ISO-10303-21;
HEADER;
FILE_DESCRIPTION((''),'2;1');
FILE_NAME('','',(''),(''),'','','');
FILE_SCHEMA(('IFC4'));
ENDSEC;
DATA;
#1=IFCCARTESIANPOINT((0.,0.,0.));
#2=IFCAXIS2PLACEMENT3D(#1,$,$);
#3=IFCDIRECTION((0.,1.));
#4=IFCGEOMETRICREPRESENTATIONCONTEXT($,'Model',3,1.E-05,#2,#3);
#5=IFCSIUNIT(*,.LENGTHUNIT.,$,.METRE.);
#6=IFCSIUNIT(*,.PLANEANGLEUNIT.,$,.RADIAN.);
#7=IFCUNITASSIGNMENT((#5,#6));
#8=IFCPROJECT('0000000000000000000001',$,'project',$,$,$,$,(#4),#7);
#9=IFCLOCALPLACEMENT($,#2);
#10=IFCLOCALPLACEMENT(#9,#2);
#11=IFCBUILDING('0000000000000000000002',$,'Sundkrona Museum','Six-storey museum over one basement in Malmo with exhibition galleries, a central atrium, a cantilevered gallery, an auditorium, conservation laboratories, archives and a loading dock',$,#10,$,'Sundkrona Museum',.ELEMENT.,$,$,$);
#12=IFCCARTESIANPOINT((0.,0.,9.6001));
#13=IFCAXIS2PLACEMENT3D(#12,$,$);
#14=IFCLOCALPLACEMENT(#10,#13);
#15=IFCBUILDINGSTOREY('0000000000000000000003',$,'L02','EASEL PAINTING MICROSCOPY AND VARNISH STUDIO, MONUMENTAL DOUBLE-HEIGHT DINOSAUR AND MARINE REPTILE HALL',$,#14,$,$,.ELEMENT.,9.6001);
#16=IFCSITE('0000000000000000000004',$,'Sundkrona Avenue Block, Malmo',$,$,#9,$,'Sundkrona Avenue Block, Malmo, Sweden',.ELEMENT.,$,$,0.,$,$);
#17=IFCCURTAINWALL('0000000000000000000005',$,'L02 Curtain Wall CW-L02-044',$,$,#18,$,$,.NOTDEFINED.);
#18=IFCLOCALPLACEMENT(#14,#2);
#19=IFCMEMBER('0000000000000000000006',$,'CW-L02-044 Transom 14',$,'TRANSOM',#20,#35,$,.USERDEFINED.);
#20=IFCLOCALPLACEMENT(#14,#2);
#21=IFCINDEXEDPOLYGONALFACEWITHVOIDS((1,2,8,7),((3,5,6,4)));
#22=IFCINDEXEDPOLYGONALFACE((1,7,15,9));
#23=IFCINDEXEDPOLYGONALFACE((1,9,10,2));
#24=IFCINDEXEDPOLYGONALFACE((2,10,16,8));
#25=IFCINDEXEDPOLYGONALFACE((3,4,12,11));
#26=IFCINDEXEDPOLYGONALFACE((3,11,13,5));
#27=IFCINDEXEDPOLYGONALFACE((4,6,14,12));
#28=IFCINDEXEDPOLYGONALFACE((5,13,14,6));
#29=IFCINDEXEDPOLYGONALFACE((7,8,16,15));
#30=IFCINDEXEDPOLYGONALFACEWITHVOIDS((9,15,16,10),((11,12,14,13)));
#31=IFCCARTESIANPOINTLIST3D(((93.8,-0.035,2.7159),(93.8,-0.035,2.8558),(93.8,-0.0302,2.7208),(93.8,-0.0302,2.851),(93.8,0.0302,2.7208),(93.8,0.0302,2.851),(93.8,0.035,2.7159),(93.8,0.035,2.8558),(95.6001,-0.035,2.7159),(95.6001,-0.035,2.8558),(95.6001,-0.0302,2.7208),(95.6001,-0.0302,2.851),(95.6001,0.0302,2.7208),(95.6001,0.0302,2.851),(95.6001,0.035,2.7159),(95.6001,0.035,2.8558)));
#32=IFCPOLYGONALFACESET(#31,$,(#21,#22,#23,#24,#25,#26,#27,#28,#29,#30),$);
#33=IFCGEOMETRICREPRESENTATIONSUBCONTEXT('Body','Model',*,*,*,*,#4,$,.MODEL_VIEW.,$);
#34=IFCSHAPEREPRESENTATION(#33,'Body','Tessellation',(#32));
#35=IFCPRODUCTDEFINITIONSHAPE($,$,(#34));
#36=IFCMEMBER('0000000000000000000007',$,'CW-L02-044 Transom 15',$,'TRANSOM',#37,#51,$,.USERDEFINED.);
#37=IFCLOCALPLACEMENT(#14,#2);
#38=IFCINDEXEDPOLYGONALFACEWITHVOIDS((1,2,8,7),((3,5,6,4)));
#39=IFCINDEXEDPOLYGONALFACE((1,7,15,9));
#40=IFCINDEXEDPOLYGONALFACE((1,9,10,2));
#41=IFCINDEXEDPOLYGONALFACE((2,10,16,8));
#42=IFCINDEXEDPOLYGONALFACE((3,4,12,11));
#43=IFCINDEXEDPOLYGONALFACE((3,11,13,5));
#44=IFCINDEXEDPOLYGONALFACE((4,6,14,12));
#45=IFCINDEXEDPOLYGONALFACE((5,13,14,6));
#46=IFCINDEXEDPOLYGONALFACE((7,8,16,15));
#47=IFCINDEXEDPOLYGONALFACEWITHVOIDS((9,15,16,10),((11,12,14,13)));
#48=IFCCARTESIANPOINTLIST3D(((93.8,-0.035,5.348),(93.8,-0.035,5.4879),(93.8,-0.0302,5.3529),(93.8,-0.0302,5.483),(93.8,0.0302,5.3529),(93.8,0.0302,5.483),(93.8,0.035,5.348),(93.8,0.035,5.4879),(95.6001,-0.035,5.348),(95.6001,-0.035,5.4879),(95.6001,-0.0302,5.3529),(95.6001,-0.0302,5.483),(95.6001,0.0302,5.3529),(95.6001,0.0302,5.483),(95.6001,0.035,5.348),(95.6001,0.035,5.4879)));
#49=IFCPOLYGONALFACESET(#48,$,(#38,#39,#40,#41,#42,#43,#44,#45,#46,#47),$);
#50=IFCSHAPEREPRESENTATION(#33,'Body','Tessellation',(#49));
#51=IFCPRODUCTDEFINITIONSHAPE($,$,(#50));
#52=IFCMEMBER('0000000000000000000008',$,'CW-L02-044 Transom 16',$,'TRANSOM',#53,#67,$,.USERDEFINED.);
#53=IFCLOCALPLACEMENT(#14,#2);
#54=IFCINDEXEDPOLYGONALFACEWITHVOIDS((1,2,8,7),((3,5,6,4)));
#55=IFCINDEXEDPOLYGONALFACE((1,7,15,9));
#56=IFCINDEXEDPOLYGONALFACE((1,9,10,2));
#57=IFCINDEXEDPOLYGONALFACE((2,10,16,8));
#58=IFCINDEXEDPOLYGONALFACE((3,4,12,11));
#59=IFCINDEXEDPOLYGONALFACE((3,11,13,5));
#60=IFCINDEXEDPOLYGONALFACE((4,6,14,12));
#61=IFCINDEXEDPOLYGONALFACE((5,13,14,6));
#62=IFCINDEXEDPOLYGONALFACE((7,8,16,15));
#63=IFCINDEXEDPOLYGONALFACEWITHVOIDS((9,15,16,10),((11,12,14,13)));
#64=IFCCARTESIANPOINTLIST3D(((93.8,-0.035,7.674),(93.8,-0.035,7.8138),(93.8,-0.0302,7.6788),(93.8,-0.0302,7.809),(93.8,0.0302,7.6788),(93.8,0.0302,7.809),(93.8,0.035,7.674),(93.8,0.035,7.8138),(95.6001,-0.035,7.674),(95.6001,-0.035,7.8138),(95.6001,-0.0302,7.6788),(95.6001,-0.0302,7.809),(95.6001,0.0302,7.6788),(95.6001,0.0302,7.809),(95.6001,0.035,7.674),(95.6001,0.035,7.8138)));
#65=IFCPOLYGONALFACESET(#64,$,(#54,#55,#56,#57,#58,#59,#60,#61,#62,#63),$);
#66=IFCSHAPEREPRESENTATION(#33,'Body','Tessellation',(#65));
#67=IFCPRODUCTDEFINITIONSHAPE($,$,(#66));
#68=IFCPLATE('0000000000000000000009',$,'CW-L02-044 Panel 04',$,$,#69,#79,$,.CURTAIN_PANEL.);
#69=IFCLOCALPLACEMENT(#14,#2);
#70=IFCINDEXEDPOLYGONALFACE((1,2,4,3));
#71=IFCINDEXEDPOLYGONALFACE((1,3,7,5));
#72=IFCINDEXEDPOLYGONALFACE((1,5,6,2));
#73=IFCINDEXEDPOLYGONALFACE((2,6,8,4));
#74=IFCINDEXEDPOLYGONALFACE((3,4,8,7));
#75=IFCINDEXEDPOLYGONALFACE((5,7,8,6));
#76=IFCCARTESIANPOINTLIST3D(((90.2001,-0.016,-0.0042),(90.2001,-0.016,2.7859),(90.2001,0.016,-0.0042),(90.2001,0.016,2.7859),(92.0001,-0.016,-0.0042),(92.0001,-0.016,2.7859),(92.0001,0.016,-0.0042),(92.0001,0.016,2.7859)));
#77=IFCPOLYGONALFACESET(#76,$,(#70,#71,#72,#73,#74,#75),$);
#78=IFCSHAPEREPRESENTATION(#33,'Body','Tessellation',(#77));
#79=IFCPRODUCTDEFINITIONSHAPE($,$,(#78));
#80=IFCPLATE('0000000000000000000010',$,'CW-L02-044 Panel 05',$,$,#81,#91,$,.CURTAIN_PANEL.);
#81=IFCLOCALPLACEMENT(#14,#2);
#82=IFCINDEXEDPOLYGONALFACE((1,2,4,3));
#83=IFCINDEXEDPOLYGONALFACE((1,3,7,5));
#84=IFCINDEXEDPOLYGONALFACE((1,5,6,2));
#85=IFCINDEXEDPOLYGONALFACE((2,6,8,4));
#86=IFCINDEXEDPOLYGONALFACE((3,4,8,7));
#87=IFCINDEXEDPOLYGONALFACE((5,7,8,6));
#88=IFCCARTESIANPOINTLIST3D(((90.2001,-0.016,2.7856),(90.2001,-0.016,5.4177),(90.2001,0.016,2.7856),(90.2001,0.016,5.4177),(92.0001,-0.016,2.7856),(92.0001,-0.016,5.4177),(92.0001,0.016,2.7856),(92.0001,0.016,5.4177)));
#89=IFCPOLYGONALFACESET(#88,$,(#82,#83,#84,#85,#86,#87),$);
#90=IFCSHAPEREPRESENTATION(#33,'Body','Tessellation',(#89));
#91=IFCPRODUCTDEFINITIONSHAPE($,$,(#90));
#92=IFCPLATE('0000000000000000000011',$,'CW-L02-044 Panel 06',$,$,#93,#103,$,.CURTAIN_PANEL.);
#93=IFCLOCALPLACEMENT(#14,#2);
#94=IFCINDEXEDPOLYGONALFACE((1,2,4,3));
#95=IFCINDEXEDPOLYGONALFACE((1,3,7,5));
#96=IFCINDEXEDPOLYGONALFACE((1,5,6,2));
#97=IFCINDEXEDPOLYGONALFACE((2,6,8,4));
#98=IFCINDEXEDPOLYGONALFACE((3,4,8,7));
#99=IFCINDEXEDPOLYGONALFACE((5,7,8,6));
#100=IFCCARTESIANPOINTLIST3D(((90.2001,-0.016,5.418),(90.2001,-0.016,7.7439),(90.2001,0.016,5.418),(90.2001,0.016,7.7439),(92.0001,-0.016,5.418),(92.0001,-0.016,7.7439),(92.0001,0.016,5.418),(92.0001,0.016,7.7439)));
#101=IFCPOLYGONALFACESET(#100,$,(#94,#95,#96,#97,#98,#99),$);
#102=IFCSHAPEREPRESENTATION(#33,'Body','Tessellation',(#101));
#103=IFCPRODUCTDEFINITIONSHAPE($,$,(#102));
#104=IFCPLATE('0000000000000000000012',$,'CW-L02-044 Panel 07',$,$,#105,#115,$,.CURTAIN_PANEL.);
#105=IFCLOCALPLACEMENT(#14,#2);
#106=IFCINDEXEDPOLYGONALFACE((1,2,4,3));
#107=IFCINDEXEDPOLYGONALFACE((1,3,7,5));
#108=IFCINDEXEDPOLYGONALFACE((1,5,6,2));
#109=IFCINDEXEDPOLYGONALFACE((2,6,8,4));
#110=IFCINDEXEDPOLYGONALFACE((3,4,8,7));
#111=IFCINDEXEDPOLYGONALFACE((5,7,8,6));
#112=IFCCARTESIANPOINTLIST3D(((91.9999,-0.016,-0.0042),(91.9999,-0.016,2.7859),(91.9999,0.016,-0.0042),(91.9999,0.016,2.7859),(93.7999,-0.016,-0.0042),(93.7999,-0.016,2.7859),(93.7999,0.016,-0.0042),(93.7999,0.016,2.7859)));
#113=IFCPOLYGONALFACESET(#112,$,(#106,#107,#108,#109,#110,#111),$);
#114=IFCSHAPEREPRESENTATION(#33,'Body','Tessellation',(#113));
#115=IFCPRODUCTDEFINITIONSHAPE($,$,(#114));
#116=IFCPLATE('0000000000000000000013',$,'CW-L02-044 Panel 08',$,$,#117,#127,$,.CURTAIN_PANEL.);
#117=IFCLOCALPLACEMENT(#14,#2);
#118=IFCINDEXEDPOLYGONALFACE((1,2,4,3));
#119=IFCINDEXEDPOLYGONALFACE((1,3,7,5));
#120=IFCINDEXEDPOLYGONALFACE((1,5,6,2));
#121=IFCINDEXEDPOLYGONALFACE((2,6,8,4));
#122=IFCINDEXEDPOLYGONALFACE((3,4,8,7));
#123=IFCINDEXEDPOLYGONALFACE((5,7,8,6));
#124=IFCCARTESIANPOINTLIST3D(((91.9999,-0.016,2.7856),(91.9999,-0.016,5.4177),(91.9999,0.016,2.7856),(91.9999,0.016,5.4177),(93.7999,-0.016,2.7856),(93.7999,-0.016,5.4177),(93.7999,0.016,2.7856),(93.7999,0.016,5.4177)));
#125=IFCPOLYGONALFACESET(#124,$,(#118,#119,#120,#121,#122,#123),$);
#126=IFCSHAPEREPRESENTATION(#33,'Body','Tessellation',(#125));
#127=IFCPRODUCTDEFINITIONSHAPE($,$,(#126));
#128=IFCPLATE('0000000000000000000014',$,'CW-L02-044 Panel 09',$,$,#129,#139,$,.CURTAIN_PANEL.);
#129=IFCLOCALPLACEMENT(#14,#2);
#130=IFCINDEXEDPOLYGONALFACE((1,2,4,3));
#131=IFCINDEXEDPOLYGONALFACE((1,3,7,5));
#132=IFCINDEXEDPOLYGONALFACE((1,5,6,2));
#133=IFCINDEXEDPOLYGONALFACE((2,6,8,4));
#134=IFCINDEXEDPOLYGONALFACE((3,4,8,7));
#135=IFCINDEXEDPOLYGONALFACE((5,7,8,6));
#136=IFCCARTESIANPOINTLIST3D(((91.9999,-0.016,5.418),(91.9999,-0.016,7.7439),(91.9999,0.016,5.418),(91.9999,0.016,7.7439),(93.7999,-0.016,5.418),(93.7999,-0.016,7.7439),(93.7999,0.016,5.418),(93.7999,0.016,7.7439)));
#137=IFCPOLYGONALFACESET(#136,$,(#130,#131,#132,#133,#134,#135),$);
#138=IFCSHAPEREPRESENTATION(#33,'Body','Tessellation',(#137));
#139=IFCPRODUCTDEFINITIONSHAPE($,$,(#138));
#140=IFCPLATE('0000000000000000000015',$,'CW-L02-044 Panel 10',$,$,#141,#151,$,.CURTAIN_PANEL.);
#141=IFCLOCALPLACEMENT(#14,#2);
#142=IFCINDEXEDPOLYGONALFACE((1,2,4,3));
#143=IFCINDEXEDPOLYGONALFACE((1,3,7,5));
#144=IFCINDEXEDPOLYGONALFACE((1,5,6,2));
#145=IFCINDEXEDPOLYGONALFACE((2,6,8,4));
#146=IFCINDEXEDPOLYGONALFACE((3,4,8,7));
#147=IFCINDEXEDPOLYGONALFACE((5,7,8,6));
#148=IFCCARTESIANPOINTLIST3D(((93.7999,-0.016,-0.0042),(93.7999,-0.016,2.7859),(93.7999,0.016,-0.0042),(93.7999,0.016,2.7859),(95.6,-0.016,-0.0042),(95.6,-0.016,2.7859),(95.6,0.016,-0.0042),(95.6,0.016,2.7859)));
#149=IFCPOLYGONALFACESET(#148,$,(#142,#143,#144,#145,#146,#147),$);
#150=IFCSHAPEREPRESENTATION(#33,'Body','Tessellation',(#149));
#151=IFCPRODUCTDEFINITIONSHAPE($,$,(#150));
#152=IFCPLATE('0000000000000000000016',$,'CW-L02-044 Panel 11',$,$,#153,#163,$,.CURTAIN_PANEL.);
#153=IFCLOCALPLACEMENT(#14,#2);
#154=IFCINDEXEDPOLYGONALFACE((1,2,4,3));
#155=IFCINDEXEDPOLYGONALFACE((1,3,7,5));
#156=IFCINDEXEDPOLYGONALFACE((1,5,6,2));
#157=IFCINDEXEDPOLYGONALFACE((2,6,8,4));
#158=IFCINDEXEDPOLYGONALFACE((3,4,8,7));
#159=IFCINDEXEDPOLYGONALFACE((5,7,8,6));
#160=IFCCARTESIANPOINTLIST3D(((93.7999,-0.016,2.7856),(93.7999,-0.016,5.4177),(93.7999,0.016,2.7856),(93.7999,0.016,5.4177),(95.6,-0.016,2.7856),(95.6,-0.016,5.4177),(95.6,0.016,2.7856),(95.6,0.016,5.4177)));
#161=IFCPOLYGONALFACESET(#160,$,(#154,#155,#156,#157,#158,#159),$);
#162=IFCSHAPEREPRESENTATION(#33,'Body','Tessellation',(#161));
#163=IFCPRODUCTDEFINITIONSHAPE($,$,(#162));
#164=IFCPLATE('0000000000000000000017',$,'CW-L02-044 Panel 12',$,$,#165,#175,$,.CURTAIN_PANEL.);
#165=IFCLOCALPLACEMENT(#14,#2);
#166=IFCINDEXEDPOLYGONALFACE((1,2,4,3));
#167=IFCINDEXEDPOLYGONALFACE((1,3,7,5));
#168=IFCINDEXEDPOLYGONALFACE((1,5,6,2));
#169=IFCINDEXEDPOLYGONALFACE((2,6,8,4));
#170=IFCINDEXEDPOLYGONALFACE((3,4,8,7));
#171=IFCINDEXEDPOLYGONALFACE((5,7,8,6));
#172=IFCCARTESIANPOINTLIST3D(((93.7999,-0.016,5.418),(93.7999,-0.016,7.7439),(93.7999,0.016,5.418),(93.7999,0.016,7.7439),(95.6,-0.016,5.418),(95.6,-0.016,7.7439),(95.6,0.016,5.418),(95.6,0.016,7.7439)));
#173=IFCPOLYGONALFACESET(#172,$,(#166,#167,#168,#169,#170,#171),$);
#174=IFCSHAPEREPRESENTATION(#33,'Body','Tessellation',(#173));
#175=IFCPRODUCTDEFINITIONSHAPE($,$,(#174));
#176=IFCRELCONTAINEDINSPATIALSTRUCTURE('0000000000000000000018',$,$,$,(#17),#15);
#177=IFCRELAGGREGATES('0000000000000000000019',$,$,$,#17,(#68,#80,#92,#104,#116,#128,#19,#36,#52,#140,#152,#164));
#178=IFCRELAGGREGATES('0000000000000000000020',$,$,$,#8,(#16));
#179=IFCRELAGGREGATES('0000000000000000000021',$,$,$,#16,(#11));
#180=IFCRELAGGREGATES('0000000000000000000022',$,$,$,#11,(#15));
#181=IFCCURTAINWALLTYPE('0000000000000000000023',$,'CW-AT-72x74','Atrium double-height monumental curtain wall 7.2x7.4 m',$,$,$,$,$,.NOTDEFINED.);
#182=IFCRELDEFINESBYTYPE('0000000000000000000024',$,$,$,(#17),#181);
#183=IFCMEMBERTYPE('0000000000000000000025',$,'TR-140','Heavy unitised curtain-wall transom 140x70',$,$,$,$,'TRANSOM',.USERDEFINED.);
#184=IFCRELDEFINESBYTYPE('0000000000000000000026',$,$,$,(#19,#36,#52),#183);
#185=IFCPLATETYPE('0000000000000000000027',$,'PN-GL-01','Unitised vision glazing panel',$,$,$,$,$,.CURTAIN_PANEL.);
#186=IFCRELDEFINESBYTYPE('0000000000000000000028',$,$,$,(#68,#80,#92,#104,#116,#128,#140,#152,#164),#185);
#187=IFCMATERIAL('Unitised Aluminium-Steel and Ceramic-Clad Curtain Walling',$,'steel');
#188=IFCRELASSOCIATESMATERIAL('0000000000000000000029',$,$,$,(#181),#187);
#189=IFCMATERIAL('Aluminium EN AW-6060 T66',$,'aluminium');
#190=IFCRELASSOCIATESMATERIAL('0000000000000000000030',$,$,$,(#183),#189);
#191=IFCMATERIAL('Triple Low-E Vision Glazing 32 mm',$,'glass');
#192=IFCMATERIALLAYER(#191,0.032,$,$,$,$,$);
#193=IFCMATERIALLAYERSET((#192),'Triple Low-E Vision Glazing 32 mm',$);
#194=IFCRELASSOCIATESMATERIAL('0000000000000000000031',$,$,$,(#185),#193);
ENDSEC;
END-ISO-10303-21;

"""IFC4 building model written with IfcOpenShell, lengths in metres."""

from ifc_helpers import new_model, si_unit, direction, frame, origin, origin_2d, place, context, subcontext, project, spatial, rectangle, hollow_rectangle, extrude, material, layer, layer_set, material_profile, profile_set, type_object, element, aggregate, save


model = new_model("IFC4")

# Units and contexts
model_context = context("Model", 3, precision=1e-05, world=origin(), true_north=direction((0.0, 1.0)))
body_context = subcontext(model_context, "Body", "Model", "MODEL_VIEW")
ifc_project = project(units=[si_unit("LENGTHUNIT", "METRE"), si_unit("PLANEANGLEUNIT", "RADIAN")], contexts=[model_context])

# Site, building, storey
site_placement = place(None, origin())
site = spatial("IfcSite", under=ifc_project, at=site_placement, Name="Sundkrona Avenue Block, Malmo", LongName="Sundkrona Avenue Block, Malmo, Sweden", CompositionType="ELEMENT", RefElevation=0.0)
building_placement = place(site_placement, origin())
building = spatial("IfcBuilding", under=site, at=building_placement, Name="Sundkrona Museum", Description="Six-storey museum over one basement in Malmo with exhibition galleries, a central atrium, a cantilevered gallery, an auditorium, conservation laboratories, archives and a loading dock", LongName="Sundkrona Museum", CompositionType="ELEMENT")
storey_placement = place(building_placement, frame((0.0, 0.0, 9.6001)))
storey = spatial("IfcBuildingStorey", under=building, at=storey_placement, Name="L02", Description="EASEL PAINTING MICROSCOPY AND VARNISH STUDIO, MONUMENTAL DOUBLE-HEIGHT DINOSAUR AND MARINE REPTILE HALL", CompositionType="ELEMENT", Elevation=9.6001)

# Curtain wall, members, plates
ifc_material_1 = material(Name="Unitised Aluminium-Steel and Ceramic-Clad Curtain Walling", Category="steel")
curtain_wall_type = type_object("IfcCurtainWallType", Name="CW-AT-72x74", Description="Atrium double-height monumental curtain wall 7.2x7.4 m", PredefinedType="NOTDEFINED", material=ifc_material_1)
curtain_wall_placement = place(storey_placement, origin())
curtain_wall = element("IfcCurtainWall", 1, at=curtain_wall_placement, inside=storey, type_object=curtain_wall_type, Name="L02 Curtain Wall CW-L02-044", PredefinedType="NOTDEFINED")
ifc_material_2 = material(Name="Aluminium EN AW-6060 T66", Category="aluminium")
ifc_material_profile_1 = material_profile(ifc_material_2, hollow_rectangle(XDim=0.0701, YDim=0.1399, WallThickness=0.0049, at=origin_2d()), Name="RHS 140x70x5.0")
ifc_profile_set_1 = profile_set([ifc_material_profile_1], Name="Aluminium EN AW-6060 T66")
member_type_1 = type_object("IfcMemberType", Name="TR-140", Description="Heavy unitised curtain-wall transom 140x70", ElementType="TRANSOM", PredefinedType="USERDEFINED", material=ifc_profile_set_1)
member_1_placement = place(storey_placement, frame((93.8, 0.0, 2.7859), z_axis=(1.0, 0.0, 0.0), x_axis=(0.0, 1.0, 0.0)))
member_1 = element("IfcMember", 2, at=member_1_placement, type_object=member_type_1, Name="CW-L02-044 Transom 14", ObjectType="TRANSOM", PredefinedType="USERDEFINED", context=body_context, shape_type="SweptSolid", body=[
    extrude(hollow_rectangle(XDim=0.0701, YDim=0.1399, WallThickness=0.0049, at=origin_2d()), origin(), (0.0, 0.0, 1.0), 1.8),
])
member_2_placement = place(storey_placement, frame((93.8, 0.0, 5.418), z_axis=(1.0, 0.0, 0.0), x_axis=(0.0, 1.0, 0.0)))
member_2 = element("IfcMember", 3, at=member_2_placement, type_object=member_type_1, Name="CW-L02-044 Transom 15", ObjectType="TRANSOM", PredefinedType="USERDEFINED", context=body_context, shape_type="SweptSolid", body=[
    extrude(hollow_rectangle(XDim=0.0701, YDim=0.1399, WallThickness=0.0049, at=origin_2d()), origin(), (0.0, 0.0, 1.0), 1.8),
])
member_3_placement = place(storey_placement, frame((93.8, 0.0, 7.7439), z_axis=(1.0, 0.0, 0.0), x_axis=(0.0, 1.0, 0.0)))
member_3 = element("IfcMember", 4, at=member_3_placement, type_object=member_type_1, Name="CW-L02-044 Transom 16", ObjectType="TRANSOM", PredefinedType="USERDEFINED", context=body_context, shape_type="SweptSolid", body=[
    extrude(hollow_rectangle(XDim=0.0701, YDim=0.1399, WallThickness=0.0049, at=origin_2d()), origin(), (0.0, 0.0, 1.0), 1.8),
])
ifc_material_3 = material(Name="Triple Low-E Vision Glazing 32 mm", Category="glass")
ifc_layer = layer(ifc_material_3, 0.032)
ifc_layer_set = layer_set([ifc_layer], Name="Triple Low-E Vision Glazing 32 mm")
plate_type = type_object("IfcPlateType", Name="PN-GL-01", Description="Unitised vision glazing panel", PredefinedType="CURTAIN_PANEL", material=ifc_layer_set)
plate_1_placement = place(storey_placement, frame((91.1001, 0.0, -0.0042), z_axis=(0.0, 0.0, 1.0), x_axis=(1.0, 0.0, 0.0)))
plate_1 = element("IfcPlate", 5, at=plate_1_placement, type_object=plate_type, Name="CW-L02-044 Panel 04", PredefinedType="CURTAIN_PANEL", context=body_context, shape_type="SweptSolid", body=[
    extrude(rectangle(XDim=1.8, YDim=0.032, at=origin_2d()), origin(), (0.0, 0.0, 1.0), 2.79),
])
plate_2_placement = place(storey_placement, frame((91.1001, 0.0, 2.7856), z_axis=(0.0, 0.0, 1.0), x_axis=(1.0, 0.0, 0.0)))
plate_2 = element("IfcPlate", 6, at=plate_2_placement, type_object=plate_type, Name="CW-L02-044 Panel 05", PredefinedType="CURTAIN_PANEL", context=body_context, shape_type="SweptSolid", body=[
    extrude(rectangle(XDim=1.8, YDim=0.032, at=origin_2d()), origin(), (0.0, 0.0, 1.0), 2.6321),
])
plate_3_placement = place(storey_placement, frame((91.1001, 0.0, 5.418), z_axis=(0.0, 0.0, 1.0), x_axis=(1.0, 0.0, 0.0)))
plate_3 = element("IfcPlate", 7, at=plate_3_placement, type_object=plate_type, Name="CW-L02-044 Panel 06", PredefinedType="CURTAIN_PANEL", context=body_context, shape_type="SweptSolid", body=[
    extrude(rectangle(XDim=1.8, YDim=0.032, at=origin_2d()), origin(), (0.0, 0.0, 1.0), 2.3259),
])
plate_4_placement = place(storey_placement, frame((92.8999, 0.0, -0.0042), z_axis=(0.0, 0.0, 1.0), x_axis=(1.0, 0.0, 0.0)))
plate_4 = element("IfcPlate", 8, at=plate_4_placement, type_object=plate_type, Name="CW-L02-044 Panel 07", PredefinedType="CURTAIN_PANEL", context=body_context, shape_type="SweptSolid", body=[
    extrude(rectangle(XDim=1.8, YDim=0.032, at=origin_2d()), origin(), (0.0, 0.0, 1.0), 2.79),
])
plate_5_placement = place(storey_placement, frame((92.8999, 0.0, 2.7856), z_axis=(0.0, 0.0, 1.0), x_axis=(1.0, 0.0, 0.0)))
plate_5 = element("IfcPlate", 9, at=plate_5_placement, type_object=plate_type, Name="CW-L02-044 Panel 08", PredefinedType="CURTAIN_PANEL", context=body_context, shape_type="SweptSolid", body=[
    extrude(rectangle(XDim=1.8, YDim=0.032, at=origin_2d()), origin(), (0.0, 0.0, 1.0), 2.6321),
])
plate_6_placement = place(storey_placement, frame((92.8999, 0.0, 5.418), z_axis=(0.0, 0.0, 1.0), x_axis=(1.0, 0.0, 0.0)))
plate_6 = element("IfcPlate", 10, at=plate_6_placement, type_object=plate_type, Name="CW-L02-044 Panel 09", PredefinedType="CURTAIN_PANEL", context=body_context, shape_type="SweptSolid", body=[
    extrude(rectangle(XDim=1.8, YDim=0.032, at=origin_2d()), origin(), (0.0, 0.0, 1.0), 2.3259),
])
plate_7_placement = place(storey_placement, frame((94.7, 0.0, -0.0042), z_axis=(0.0, 0.0, 1.0), x_axis=(1.0, 0.0, 0.0)))
plate_7 = element("IfcPlate", 11, at=plate_7_placement, type_object=plate_type, Name="CW-L02-044 Panel 10", PredefinedType="CURTAIN_PANEL", context=body_context, shape_type="SweptSolid", body=[
    extrude(rectangle(XDim=1.8, YDim=0.032, at=origin_2d()), origin(), (0.0, 0.0, 1.0), 2.79),
])
plate_8_placement = place(storey_placement, frame((94.7, 0.0, 2.7856), z_axis=(0.0, 0.0, 1.0), x_axis=(1.0, 0.0, 0.0)))
plate_8 = element("IfcPlate", 12, at=plate_8_placement, type_object=plate_type, Name="CW-L02-044 Panel 11", PredefinedType="CURTAIN_PANEL", context=body_context, shape_type="SweptSolid", body=[
    extrude(rectangle(XDim=1.8, YDim=0.032, at=origin_2d()), origin(), (0.0, 0.0, 1.0), 2.6321),
])
plate_9_placement = place(storey_placement, frame((94.7, 0.0, 5.418), z_axis=(0.0, 0.0, 1.0), x_axis=(1.0, 0.0, 0.0)))
plate_9 = element("IfcPlate", 13, at=plate_9_placement, type_object=plate_type, Name="CW-L02-044 Panel 12", PredefinedType="CURTAIN_PANEL", context=body_context, shape_type="SweptSolid", body=[
    extrude(rectangle(XDim=1.8, YDim=0.032, at=origin_2d()), origin(), (0.0, 0.0, 1.0), 2.3259),
])
aggregate(curtain_wall, [plate_1, plate_2, plate_3, plate_4, plate_5, plate_6, member_1, member_2, member_3, plate_7, plate_8, plate_9])

save(model, "model.ifc")
